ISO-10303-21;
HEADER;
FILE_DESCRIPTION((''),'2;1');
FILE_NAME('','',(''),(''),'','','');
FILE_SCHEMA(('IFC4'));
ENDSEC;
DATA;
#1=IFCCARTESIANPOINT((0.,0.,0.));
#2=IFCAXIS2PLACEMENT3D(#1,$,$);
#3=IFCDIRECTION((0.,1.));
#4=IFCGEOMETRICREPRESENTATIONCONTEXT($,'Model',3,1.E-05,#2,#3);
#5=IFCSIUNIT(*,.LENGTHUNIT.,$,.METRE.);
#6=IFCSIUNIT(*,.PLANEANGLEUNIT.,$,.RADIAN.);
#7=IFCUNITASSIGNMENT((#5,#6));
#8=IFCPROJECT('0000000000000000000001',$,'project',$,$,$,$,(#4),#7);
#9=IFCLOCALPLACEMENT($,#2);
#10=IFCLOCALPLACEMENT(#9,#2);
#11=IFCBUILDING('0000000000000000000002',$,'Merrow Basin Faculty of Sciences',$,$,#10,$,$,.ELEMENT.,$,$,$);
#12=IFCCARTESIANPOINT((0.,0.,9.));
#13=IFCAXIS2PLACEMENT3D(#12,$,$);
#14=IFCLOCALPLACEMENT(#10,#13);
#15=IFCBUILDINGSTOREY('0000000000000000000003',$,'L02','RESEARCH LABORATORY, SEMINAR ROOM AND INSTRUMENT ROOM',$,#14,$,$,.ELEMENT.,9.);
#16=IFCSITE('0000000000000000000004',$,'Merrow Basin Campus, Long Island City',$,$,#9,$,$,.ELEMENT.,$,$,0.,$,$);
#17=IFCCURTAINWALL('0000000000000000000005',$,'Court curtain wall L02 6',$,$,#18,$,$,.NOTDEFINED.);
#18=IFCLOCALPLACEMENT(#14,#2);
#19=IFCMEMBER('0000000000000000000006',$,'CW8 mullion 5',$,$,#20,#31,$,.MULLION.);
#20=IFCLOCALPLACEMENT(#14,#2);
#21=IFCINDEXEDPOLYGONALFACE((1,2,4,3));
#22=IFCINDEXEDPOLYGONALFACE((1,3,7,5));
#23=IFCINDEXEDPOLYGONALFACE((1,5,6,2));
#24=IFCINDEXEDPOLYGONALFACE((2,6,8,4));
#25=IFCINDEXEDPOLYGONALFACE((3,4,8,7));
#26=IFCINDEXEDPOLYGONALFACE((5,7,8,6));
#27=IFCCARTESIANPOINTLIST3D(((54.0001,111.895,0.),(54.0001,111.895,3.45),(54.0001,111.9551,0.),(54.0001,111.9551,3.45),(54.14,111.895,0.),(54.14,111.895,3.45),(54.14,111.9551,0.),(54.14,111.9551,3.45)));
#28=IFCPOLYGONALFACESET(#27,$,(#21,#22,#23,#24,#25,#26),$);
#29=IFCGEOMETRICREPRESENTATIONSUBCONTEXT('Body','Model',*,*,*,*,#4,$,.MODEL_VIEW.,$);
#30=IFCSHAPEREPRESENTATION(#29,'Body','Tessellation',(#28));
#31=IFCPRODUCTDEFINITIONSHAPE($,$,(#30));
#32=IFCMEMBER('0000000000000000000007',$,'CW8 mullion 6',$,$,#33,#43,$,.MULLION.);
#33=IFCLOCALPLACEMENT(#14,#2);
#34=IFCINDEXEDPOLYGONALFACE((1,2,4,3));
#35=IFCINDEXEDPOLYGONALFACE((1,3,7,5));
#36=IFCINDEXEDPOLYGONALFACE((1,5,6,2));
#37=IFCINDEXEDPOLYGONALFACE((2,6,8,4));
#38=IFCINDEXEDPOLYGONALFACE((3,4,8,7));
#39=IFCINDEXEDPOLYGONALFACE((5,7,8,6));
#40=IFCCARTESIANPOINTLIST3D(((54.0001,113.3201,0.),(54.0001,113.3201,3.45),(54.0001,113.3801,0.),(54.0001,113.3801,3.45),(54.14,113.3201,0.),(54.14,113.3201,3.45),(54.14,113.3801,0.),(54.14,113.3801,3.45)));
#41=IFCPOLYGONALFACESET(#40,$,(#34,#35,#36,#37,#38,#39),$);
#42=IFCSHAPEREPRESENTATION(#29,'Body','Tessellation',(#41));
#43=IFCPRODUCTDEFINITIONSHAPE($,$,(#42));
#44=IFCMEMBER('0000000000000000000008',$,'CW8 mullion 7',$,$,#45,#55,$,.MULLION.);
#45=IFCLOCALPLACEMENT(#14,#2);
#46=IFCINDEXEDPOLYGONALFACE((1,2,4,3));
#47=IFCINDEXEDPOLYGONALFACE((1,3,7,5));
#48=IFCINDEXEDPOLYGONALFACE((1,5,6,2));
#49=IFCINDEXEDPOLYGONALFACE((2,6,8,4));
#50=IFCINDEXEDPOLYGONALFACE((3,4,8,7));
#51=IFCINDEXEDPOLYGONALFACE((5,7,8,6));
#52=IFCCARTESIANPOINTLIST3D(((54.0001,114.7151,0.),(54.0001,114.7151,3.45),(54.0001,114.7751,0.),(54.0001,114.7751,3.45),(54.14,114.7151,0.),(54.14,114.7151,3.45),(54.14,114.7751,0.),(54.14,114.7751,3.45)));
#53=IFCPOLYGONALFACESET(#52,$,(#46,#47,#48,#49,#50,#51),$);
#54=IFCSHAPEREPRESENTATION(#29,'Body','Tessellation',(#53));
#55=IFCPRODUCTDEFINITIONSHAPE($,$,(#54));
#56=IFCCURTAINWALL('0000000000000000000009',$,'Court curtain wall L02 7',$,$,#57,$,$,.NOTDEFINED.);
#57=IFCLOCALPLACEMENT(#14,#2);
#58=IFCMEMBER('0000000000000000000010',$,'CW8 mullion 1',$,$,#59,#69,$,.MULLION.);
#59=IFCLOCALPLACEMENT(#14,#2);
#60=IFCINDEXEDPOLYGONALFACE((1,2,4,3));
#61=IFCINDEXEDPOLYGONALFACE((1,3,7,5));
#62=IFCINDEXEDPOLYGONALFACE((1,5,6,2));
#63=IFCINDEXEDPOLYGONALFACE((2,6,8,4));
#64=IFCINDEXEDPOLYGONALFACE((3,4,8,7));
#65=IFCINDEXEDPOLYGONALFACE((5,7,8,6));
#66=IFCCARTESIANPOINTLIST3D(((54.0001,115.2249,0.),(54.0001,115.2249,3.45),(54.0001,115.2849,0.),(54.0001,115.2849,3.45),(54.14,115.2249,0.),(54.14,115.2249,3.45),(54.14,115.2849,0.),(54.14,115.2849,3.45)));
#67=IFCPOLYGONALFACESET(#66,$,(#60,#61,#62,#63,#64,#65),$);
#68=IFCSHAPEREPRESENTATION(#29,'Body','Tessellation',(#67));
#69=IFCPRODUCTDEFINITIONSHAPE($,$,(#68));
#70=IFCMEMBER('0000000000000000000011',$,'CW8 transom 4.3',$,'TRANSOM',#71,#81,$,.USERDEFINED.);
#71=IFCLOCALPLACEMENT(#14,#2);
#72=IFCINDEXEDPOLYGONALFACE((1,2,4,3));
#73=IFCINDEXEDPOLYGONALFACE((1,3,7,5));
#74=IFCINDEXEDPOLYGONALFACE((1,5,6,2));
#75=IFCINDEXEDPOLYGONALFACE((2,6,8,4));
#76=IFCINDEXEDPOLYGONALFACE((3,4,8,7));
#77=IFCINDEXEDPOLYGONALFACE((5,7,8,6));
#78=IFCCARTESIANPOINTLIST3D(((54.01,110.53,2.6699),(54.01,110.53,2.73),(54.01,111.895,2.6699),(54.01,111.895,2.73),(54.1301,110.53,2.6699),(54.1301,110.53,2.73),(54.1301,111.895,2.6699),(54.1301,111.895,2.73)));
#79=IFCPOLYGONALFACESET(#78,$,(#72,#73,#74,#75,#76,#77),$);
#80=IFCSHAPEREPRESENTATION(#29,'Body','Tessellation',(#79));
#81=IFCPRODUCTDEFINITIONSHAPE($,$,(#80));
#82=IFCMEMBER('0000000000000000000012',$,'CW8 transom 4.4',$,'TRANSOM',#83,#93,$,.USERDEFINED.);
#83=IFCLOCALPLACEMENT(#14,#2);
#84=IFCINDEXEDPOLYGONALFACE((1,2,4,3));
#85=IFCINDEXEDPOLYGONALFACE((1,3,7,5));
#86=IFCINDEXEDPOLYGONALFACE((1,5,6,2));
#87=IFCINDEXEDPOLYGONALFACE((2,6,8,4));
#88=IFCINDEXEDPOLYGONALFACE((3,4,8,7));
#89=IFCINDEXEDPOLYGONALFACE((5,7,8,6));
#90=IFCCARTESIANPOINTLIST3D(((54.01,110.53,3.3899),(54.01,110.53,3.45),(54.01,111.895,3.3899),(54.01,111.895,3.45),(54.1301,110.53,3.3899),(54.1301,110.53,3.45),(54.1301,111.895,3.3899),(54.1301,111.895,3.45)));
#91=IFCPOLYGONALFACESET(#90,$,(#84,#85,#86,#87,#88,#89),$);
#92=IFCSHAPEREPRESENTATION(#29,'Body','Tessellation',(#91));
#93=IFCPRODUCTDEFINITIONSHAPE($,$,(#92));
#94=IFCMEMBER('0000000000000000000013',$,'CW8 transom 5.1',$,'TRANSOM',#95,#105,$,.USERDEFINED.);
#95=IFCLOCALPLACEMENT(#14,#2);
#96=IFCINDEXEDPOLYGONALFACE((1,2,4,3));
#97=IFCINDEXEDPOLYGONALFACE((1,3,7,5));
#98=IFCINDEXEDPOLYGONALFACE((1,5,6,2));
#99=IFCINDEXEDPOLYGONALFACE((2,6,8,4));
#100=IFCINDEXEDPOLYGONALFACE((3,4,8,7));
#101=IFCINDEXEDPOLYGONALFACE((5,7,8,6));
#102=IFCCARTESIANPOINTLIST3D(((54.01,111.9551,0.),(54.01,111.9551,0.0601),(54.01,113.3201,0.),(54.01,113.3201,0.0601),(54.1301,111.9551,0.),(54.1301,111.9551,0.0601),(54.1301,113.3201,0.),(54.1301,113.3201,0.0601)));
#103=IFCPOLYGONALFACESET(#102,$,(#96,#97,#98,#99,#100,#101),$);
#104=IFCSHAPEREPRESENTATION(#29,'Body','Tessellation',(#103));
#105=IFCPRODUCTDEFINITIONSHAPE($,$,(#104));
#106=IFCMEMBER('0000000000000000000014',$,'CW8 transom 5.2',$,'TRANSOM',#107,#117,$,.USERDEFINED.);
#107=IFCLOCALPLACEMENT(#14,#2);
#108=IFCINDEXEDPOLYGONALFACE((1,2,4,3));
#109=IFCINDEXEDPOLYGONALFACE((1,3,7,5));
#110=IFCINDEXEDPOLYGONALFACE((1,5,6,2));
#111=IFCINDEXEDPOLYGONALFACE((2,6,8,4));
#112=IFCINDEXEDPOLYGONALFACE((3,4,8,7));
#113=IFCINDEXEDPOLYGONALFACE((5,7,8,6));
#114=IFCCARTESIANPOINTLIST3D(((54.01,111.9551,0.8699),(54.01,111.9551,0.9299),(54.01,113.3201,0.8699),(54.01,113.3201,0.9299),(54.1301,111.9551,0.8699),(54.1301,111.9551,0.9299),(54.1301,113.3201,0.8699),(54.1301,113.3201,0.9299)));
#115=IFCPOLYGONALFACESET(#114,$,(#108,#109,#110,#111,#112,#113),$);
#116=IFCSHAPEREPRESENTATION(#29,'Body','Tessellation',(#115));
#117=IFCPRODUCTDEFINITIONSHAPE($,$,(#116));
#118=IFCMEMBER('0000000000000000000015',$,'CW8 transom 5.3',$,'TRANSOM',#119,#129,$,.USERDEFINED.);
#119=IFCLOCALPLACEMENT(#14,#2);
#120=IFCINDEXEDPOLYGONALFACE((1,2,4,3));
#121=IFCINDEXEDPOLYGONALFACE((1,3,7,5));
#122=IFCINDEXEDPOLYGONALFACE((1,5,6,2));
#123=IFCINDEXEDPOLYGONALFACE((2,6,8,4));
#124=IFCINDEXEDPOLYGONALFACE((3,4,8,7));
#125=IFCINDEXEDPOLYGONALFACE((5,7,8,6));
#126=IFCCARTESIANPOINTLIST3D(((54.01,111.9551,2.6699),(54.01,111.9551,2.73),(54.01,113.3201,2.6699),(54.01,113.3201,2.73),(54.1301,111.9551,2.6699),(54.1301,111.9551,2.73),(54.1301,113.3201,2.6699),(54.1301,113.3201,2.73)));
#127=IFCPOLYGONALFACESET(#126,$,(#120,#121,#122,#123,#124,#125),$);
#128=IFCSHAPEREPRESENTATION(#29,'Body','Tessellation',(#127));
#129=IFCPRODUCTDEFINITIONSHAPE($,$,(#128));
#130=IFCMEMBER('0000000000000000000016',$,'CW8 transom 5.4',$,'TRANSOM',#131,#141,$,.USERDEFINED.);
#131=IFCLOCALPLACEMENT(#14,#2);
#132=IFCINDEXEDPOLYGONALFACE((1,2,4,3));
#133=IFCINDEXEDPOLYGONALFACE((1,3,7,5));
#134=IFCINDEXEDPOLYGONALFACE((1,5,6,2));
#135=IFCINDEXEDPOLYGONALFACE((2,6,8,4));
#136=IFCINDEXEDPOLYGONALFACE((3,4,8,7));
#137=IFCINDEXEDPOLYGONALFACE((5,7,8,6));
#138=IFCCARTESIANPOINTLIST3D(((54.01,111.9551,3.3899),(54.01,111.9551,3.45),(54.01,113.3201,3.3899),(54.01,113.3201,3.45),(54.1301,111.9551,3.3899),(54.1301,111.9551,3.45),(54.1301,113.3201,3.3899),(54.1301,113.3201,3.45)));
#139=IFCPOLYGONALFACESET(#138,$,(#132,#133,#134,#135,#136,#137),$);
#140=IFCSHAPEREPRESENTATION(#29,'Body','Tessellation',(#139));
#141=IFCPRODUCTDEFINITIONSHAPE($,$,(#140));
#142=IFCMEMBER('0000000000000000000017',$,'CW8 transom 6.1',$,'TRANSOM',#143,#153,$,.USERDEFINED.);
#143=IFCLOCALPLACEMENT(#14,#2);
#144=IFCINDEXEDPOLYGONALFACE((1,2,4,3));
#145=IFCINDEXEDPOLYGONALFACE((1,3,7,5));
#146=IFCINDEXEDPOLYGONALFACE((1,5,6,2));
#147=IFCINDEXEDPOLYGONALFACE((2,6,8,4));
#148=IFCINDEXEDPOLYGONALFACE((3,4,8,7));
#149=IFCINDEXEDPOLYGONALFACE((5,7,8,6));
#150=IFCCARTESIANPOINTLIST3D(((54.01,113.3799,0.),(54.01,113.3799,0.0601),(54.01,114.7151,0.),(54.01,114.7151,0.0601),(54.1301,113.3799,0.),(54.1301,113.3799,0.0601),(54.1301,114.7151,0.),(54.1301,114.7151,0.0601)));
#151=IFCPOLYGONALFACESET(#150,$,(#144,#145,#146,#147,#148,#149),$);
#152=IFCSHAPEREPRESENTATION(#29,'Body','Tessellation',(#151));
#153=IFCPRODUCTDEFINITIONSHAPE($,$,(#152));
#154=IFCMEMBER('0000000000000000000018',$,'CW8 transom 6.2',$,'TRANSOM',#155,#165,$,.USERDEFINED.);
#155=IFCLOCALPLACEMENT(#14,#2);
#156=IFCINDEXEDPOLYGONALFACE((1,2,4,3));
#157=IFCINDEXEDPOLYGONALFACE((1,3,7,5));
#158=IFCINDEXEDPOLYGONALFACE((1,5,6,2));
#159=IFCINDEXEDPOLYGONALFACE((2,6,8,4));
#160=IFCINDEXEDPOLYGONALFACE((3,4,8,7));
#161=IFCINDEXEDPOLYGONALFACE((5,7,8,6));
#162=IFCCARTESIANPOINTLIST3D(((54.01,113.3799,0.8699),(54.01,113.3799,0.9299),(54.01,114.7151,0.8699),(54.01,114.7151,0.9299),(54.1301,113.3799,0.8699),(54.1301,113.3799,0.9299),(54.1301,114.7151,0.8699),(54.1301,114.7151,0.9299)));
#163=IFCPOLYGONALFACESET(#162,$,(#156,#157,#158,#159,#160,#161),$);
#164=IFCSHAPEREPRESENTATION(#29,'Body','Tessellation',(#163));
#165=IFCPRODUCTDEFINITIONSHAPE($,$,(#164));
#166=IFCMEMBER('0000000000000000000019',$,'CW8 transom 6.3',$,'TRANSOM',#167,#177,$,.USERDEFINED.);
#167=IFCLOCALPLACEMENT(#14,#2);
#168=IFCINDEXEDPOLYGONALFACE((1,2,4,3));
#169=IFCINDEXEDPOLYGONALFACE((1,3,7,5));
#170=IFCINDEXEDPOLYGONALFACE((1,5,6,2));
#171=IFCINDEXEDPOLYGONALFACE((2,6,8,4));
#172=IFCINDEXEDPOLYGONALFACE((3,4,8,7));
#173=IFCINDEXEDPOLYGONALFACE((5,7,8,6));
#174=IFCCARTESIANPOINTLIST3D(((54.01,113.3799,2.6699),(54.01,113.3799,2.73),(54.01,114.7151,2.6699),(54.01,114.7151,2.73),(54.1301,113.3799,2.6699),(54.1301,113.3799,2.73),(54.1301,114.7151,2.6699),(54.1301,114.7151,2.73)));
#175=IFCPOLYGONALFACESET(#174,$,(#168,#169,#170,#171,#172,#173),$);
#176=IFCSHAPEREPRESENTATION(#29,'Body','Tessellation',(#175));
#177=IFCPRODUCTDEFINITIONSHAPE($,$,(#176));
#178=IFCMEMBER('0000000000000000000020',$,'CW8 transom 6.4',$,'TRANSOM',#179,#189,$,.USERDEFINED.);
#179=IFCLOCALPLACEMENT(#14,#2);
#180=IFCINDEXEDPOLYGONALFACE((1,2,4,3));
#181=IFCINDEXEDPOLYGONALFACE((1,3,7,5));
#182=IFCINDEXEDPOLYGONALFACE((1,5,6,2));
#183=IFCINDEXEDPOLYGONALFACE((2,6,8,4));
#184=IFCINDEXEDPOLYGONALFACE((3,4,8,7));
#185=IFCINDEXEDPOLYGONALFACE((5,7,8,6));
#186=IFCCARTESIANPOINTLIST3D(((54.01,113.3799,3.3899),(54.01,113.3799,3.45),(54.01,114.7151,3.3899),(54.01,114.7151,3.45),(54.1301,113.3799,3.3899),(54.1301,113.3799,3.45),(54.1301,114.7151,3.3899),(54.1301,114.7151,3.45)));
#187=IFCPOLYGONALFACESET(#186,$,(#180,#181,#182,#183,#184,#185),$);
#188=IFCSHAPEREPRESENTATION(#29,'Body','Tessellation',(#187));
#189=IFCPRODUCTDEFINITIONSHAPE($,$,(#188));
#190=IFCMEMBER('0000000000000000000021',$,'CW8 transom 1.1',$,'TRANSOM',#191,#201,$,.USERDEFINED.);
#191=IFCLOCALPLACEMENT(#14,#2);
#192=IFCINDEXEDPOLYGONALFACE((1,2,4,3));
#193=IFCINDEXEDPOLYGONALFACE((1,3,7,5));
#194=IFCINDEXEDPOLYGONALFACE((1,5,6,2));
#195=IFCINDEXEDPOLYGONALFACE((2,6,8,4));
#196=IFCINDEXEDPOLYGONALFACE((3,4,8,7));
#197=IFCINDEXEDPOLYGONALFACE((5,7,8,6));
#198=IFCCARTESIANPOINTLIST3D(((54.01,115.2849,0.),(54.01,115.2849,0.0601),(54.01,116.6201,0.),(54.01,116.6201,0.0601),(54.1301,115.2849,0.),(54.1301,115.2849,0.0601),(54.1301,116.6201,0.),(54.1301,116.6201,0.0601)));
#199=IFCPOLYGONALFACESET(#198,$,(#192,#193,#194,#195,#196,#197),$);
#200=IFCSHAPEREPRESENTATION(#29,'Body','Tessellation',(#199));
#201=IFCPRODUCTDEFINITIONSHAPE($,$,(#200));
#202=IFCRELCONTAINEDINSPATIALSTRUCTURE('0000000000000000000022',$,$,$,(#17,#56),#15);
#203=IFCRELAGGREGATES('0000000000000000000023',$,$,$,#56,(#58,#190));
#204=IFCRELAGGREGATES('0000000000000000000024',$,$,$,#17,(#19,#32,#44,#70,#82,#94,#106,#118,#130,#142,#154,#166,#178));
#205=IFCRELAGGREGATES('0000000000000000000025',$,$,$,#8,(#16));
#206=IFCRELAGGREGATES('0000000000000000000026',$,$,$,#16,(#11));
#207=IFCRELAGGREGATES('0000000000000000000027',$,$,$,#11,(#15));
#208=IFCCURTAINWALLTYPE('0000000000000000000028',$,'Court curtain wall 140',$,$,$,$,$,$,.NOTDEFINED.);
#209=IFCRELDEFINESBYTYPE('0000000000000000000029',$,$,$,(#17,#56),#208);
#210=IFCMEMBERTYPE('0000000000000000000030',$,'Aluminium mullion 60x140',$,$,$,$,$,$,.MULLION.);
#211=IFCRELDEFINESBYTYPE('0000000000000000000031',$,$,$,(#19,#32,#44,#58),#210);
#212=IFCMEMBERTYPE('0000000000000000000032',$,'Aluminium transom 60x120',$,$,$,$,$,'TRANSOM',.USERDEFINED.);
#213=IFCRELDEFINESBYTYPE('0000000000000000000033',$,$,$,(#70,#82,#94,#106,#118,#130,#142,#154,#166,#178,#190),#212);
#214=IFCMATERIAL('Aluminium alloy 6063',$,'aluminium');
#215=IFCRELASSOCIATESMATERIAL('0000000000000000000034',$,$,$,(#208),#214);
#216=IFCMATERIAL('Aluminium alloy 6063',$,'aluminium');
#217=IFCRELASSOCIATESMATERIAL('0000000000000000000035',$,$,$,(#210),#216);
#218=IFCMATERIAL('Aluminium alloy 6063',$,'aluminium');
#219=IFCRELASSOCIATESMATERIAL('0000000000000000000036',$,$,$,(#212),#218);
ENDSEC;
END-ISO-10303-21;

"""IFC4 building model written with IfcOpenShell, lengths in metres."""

from ifc_helpers import new_model, si_unit, direction, frame, origin, origin_2d, place, context, subcontext, project, spatial, rectangle, extrude, material, material_profile, profile_set, type_object, element, aggregate, save


model = new_model("IFC4")

# Units and contexts
model_context = context("Model", 3, precision=1e-05, world=origin(), true_north=direction((0.0, 1.0)))
body_context = subcontext(model_context, "Body", "Model", "MODEL_VIEW")
ifc_project = project(units=[si_unit("LENGTHUNIT", "METRE"), si_unit("PLANEANGLEUNIT", "RADIAN")], contexts=[model_context])

# Site, building, storey
site_placement = place(None, origin())
site = spatial("IfcSite", under=ifc_project, at=site_placement, Name="Merrow Basin Campus, Long Island City", CompositionType="ELEMENT", RefElevation=0.0)
building_placement = place(site_placement, origin())
building = spatial("IfcBuilding", under=site, at=building_placement, Name="Merrow Basin Faculty of Sciences", CompositionType="ELEMENT")
storey_placement = place(building_placement, frame((0.0, 0.0, 9.0)))
storey = spatial("IfcBuildingStorey", under=building, at=storey_placement, Name="L02", Description="RESEARCH LABORATORY, SEMINAR ROOM AND INSTRUMENT ROOM", CompositionType="ELEMENT", Elevation=9.0)

# Curtain wall, members
ifc_material_1 = material(Name="Aluminium alloy 6063", Category="aluminium")
curtain_wall_type = type_object("IfcCurtainWallType", Name="Court curtain wall 140", PredefinedType="NOTDEFINED", material=ifc_material_1)
curtain_wall_1_placement = place(storey_placement, origin())
curtain_wall_1 = element("IfcCurtainWall", 1, at=curtain_wall_1_placement, inside=storey, type_object=curtain_wall_type, Name="Court curtain wall L02 6", PredefinedType="NOTDEFINED")
ifc_material_2 = material(Name="Aluminium alloy 6063", Category="aluminium")
ifc_material_profile_1 = material_profile(ifc_material_2, rectangle(XDim=0.1399, YDim=0.0601, at=origin_2d()))
ifc_profile_set_1 = profile_set([ifc_material_profile_1], Name="Aluminium alloy 6063")
member_type_1 = type_object("IfcMemberType", Name="Aluminium mullion 60x140", PredefinedType="MULLION", material=ifc_profile_set_1)
member_1_placement = place(storey_placement, frame((54.0701, 111.925, 0.0), z_axis=(0.0, 0.0, 1.0), x_axis=(-1.0, 0.0, 0.0)))
member_1 = element("IfcMember", 2, at=member_1_placement, type_object=member_type_1, Name="CW8 mullion 5", PredefinedType="MULLION", context=body_context, shape_type="SweptSolid", body=[
    extrude(rectangle(XDim=0.1399, YDim=0.0601, at=origin_2d()), origin(), (0.0, 0.0, 1.0), 3.45),
])
member_2_placement = place(storey_placement, frame((54.0701, 113.3501, 0.0), z_axis=(0.0, 0.0, 1.0), x_axis=(-1.0, 0.0, 0.0)))
member_2 = element("IfcMember", 3, at=member_2_placement, type_object=member_type_1, Name="CW8 mullion 6", PredefinedType="MULLION", context=body_context, shape_type="SweptSolid", body=[
    extrude(rectangle(XDim=0.1399, YDim=0.0601, at=origin_2d()), origin(), (0.0, 0.0, 1.0), 3.45),
])
member_3_placement = place(storey_placement, frame((54.0701, 114.7451, 0.0), z_axis=(0.0, 0.0, 1.0), x_axis=(-1.0, 0.0, 0.0)))
member_3 = element("IfcMember", 4, at=member_3_placement, type_object=member_type_1, Name="CW8 mullion 7", PredefinedType="MULLION", context=body_context, shape_type="SweptSolid", body=[
    extrude(rectangle(XDim=0.1399, YDim=0.0601, at=origin_2d()), origin(), (0.0, 0.0, 1.0), 3.45),
])

# Curtain wall, member
curtain_wall_2_placement = place(storey_placement, origin())
curtain_wall_2 = element("IfcCurtainWall", 5, at=curtain_wall_2_placement, inside=storey, type_object=curtain_wall_type, Name="Court curtain wall L02 7", PredefinedType="NOTDEFINED")
member_4_placement = place(storey_placement, frame((54.0701, 115.2549, 0.0), z_axis=(0.0, 0.0, 1.0), x_axis=(-1.0, 0.0, 0.0)))
member_4 = element("IfcMember", 6, at=member_4_placement, type_object=member_type_1, Name="CW8 mullion 1", PredefinedType="MULLION", context=body_context, shape_type="SweptSolid", body=[
    extrude(rectangle(XDim=0.1399, YDim=0.0601, at=origin_2d()), origin(), (0.0, 0.0, 1.0), 3.45),
])

# Members
ifc_material_3 = material(Name="Aluminium alloy 6063", Category="aluminium")
ifc_material_profile_2 = material_profile(ifc_material_3, rectangle(XDim=0.1201, YDim=0.0601, at=origin_2d()))
ifc_profile_set_2 = profile_set([ifc_material_profile_2], Name="Aluminium alloy 6063")
member_type_2 = type_object("IfcMemberType", Name="Aluminium transom 60x120", ElementType="TRANSOM", PredefinedType="USERDEFINED", material=ifc_profile_set_2)
member_5_placement = place(storey_placement, frame((54.0701, 110.53, 2.7), z_axis=(0.0, 1.0, 0.0), x_axis=(-1.0, 0.0, 0.0)))
member_5 = element("IfcMember", 7, at=member_5_placement, type_object=member_type_2, Name="CW8 transom 4.3", ObjectType="TRANSOM", PredefinedType="USERDEFINED", context=body_context, shape_type="SweptSolid", body=[
    extrude(rectangle(XDim=0.1201, YDim=0.0601, at=origin_2d()), origin(), (0.0, 0.0, 1.0), 1.365),
])
member_6_placement = place(storey_placement, frame((54.0701, 110.53, 3.4199), z_axis=(0.0, 1.0, 0.0), x_axis=(-1.0, 0.0, 0.0)))
member_6 = element("IfcMember", 8, at=member_6_placement, type_object=member_type_2, Name="CW8 transom 4.4", ObjectType="TRANSOM", PredefinedType="USERDEFINED", context=body_context, shape_type="SweptSolid", body=[
    extrude(rectangle(XDim=0.1201, YDim=0.0601, at=origin_2d()), origin(), (0.0, 0.0, 1.0), 1.365),
])
member_7_placement = place(storey_placement, frame((54.0701, 111.9551, 0.03), z_axis=(0.0, 1.0, 0.0), x_axis=(-1.0, 0.0, 0.0)))
member_7 = element("IfcMember", 9, at=member_7_placement, type_object=member_type_2, Name="CW8 transom 5.1", ObjectType="TRANSOM", PredefinedType="USERDEFINED", context=body_context, shape_type="SweptSolid", body=[
    extrude(rectangle(XDim=0.1201, YDim=0.0601, at=origin_2d()), origin(), (0.0, 0.0, 1.0), 1.365),
])
member_8_placement = place(storey_placement, frame((54.0701, 111.9551, 0.8999), z_axis=(0.0, 1.0, 0.0), x_axis=(-1.0, 0.0, 0.0)))
member_8 = element("IfcMember", 10, at=member_8_placement, type_object=member_type_2, Name="CW8 transom 5.2", ObjectType="TRANSOM", PredefinedType="USERDEFINED", context=body_context, shape_type="SweptSolid", body=[
    extrude(rectangle(XDim=0.1201, YDim=0.0601, at=origin_2d()), origin(), (0.0, 0.0, 1.0), 1.365),
])
member_9_placement = place(storey_placement, frame((54.0701, 111.9551, 2.7), z_axis=(0.0, 1.0, 0.0), x_axis=(-1.0, 0.0, 0.0)))
member_9 = element("IfcMember", 11, at=member_9_placement, type_object=member_type_2, Name="CW8 transom 5.3", ObjectType="TRANSOM", PredefinedType="USERDEFINED", context=body_context, shape_type="SweptSolid", body=[
    extrude(rectangle(XDim=0.1201, YDim=0.0601, at=origin_2d()), origin(), (0.0, 0.0, 1.0), 1.365),
])
member_10_placement = place(storey_placement, frame((54.0701, 111.9551, 3.4199), z_axis=(0.0, 1.0, 0.0), x_axis=(-1.0, 0.0, 0.0)))
member_10 = element("IfcMember", 12, at=member_10_placement, type_object=member_type_2, Name="CW8 transom 5.4", ObjectType="TRANSOM", PredefinedType="USERDEFINED", context=body_context, shape_type="SweptSolid", body=[
    extrude(rectangle(XDim=0.1201, YDim=0.0601, at=origin_2d()), origin(), (0.0, 0.0, 1.0), 1.365),
])
member_11_placement = place(storey_placement, frame((54.0701, 113.3799, 0.03), z_axis=(0.0, 1.0, 0.0), x_axis=(-1.0, 0.0, 0.0)))
member_11 = element("IfcMember", 13, at=member_11_placement, type_object=member_type_2, Name="CW8 transom 6.1", ObjectType="TRANSOM", PredefinedType="USERDEFINED", context=body_context, shape_type="SweptSolid", body=[
    extrude(rectangle(XDim=0.1201, YDim=0.0601, at=origin_2d()), origin(), (0.0, 0.0, 1.0), 1.3352),
])
member_12_placement = place(storey_placement, frame((54.0701, 113.3799, 0.8999), z_axis=(0.0, 1.0, 0.0), x_axis=(-1.0, 0.0, 0.0)))
member_12 = element("IfcMember", 14, at=member_12_placement, type_object=member_type_2, Name="CW8 transom 6.2", ObjectType="TRANSOM", PredefinedType="USERDEFINED", context=body_context, shape_type="SweptSolid", body=[
    extrude(rectangle(XDim=0.1201, YDim=0.0601, at=origin_2d()), origin(), (0.0, 0.0, 1.0), 1.3352),
])
member_13_placement = place(storey_placement, frame((54.0701, 113.3799, 2.7), z_axis=(0.0, 1.0, 0.0), x_axis=(-1.0, 0.0, 0.0)))
member_13 = element("IfcMember", 15, at=member_13_placement, type_object=member_type_2, Name="CW8 transom 6.3", ObjectType="TRANSOM", PredefinedType="USERDEFINED", context=body_context, shape_type="SweptSolid", body=[
    extrude(rectangle(XDim=0.1201, YDim=0.0601, at=origin_2d()), origin(), (0.0, 0.0, 1.0), 1.3352),
])
member_14_placement = place(storey_placement, frame((54.0701, 113.3799, 3.4199), z_axis=(0.0, 1.0, 0.0), x_axis=(-1.0, 0.0, 0.0)))
member_14 = element("IfcMember", 16, at=member_14_placement, type_object=member_type_2, Name="CW8 transom 6.4", ObjectType="TRANSOM", PredefinedType="USERDEFINED", context=body_context, shape_type="SweptSolid", body=[
    extrude(rectangle(XDim=0.1201, YDim=0.0601, at=origin_2d()), origin(), (0.0, 0.0, 1.0), 1.3352),
])
member_15_placement = place(storey_placement, frame((54.0701, 115.2849, 0.03), z_axis=(0.0, 1.0, 0.0), x_axis=(-1.0, 0.0, 0.0)))
member_15 = element("IfcMember", 17, at=member_15_placement, type_object=member_type_2, Name="CW8 transom 1.1", ObjectType="TRANSOM", PredefinedType="USERDEFINED", context=body_context, shape_type="SweptSolid", body=[
    extrude(rectangle(XDim=0.1201, YDim=0.0601, at=origin_2d()), origin(), (0.0, 0.0, 1.0), 1.3352),
])
aggregate(curtain_wall_2, [member_4, member_15])

aggregate(curtain_wall_1, [member_1, member_2, member_3, member_5, member_6, member_7, member_8, member_9, member_10, member_11, member_12, member_13, member_14])

save(model, "model.ifc")
